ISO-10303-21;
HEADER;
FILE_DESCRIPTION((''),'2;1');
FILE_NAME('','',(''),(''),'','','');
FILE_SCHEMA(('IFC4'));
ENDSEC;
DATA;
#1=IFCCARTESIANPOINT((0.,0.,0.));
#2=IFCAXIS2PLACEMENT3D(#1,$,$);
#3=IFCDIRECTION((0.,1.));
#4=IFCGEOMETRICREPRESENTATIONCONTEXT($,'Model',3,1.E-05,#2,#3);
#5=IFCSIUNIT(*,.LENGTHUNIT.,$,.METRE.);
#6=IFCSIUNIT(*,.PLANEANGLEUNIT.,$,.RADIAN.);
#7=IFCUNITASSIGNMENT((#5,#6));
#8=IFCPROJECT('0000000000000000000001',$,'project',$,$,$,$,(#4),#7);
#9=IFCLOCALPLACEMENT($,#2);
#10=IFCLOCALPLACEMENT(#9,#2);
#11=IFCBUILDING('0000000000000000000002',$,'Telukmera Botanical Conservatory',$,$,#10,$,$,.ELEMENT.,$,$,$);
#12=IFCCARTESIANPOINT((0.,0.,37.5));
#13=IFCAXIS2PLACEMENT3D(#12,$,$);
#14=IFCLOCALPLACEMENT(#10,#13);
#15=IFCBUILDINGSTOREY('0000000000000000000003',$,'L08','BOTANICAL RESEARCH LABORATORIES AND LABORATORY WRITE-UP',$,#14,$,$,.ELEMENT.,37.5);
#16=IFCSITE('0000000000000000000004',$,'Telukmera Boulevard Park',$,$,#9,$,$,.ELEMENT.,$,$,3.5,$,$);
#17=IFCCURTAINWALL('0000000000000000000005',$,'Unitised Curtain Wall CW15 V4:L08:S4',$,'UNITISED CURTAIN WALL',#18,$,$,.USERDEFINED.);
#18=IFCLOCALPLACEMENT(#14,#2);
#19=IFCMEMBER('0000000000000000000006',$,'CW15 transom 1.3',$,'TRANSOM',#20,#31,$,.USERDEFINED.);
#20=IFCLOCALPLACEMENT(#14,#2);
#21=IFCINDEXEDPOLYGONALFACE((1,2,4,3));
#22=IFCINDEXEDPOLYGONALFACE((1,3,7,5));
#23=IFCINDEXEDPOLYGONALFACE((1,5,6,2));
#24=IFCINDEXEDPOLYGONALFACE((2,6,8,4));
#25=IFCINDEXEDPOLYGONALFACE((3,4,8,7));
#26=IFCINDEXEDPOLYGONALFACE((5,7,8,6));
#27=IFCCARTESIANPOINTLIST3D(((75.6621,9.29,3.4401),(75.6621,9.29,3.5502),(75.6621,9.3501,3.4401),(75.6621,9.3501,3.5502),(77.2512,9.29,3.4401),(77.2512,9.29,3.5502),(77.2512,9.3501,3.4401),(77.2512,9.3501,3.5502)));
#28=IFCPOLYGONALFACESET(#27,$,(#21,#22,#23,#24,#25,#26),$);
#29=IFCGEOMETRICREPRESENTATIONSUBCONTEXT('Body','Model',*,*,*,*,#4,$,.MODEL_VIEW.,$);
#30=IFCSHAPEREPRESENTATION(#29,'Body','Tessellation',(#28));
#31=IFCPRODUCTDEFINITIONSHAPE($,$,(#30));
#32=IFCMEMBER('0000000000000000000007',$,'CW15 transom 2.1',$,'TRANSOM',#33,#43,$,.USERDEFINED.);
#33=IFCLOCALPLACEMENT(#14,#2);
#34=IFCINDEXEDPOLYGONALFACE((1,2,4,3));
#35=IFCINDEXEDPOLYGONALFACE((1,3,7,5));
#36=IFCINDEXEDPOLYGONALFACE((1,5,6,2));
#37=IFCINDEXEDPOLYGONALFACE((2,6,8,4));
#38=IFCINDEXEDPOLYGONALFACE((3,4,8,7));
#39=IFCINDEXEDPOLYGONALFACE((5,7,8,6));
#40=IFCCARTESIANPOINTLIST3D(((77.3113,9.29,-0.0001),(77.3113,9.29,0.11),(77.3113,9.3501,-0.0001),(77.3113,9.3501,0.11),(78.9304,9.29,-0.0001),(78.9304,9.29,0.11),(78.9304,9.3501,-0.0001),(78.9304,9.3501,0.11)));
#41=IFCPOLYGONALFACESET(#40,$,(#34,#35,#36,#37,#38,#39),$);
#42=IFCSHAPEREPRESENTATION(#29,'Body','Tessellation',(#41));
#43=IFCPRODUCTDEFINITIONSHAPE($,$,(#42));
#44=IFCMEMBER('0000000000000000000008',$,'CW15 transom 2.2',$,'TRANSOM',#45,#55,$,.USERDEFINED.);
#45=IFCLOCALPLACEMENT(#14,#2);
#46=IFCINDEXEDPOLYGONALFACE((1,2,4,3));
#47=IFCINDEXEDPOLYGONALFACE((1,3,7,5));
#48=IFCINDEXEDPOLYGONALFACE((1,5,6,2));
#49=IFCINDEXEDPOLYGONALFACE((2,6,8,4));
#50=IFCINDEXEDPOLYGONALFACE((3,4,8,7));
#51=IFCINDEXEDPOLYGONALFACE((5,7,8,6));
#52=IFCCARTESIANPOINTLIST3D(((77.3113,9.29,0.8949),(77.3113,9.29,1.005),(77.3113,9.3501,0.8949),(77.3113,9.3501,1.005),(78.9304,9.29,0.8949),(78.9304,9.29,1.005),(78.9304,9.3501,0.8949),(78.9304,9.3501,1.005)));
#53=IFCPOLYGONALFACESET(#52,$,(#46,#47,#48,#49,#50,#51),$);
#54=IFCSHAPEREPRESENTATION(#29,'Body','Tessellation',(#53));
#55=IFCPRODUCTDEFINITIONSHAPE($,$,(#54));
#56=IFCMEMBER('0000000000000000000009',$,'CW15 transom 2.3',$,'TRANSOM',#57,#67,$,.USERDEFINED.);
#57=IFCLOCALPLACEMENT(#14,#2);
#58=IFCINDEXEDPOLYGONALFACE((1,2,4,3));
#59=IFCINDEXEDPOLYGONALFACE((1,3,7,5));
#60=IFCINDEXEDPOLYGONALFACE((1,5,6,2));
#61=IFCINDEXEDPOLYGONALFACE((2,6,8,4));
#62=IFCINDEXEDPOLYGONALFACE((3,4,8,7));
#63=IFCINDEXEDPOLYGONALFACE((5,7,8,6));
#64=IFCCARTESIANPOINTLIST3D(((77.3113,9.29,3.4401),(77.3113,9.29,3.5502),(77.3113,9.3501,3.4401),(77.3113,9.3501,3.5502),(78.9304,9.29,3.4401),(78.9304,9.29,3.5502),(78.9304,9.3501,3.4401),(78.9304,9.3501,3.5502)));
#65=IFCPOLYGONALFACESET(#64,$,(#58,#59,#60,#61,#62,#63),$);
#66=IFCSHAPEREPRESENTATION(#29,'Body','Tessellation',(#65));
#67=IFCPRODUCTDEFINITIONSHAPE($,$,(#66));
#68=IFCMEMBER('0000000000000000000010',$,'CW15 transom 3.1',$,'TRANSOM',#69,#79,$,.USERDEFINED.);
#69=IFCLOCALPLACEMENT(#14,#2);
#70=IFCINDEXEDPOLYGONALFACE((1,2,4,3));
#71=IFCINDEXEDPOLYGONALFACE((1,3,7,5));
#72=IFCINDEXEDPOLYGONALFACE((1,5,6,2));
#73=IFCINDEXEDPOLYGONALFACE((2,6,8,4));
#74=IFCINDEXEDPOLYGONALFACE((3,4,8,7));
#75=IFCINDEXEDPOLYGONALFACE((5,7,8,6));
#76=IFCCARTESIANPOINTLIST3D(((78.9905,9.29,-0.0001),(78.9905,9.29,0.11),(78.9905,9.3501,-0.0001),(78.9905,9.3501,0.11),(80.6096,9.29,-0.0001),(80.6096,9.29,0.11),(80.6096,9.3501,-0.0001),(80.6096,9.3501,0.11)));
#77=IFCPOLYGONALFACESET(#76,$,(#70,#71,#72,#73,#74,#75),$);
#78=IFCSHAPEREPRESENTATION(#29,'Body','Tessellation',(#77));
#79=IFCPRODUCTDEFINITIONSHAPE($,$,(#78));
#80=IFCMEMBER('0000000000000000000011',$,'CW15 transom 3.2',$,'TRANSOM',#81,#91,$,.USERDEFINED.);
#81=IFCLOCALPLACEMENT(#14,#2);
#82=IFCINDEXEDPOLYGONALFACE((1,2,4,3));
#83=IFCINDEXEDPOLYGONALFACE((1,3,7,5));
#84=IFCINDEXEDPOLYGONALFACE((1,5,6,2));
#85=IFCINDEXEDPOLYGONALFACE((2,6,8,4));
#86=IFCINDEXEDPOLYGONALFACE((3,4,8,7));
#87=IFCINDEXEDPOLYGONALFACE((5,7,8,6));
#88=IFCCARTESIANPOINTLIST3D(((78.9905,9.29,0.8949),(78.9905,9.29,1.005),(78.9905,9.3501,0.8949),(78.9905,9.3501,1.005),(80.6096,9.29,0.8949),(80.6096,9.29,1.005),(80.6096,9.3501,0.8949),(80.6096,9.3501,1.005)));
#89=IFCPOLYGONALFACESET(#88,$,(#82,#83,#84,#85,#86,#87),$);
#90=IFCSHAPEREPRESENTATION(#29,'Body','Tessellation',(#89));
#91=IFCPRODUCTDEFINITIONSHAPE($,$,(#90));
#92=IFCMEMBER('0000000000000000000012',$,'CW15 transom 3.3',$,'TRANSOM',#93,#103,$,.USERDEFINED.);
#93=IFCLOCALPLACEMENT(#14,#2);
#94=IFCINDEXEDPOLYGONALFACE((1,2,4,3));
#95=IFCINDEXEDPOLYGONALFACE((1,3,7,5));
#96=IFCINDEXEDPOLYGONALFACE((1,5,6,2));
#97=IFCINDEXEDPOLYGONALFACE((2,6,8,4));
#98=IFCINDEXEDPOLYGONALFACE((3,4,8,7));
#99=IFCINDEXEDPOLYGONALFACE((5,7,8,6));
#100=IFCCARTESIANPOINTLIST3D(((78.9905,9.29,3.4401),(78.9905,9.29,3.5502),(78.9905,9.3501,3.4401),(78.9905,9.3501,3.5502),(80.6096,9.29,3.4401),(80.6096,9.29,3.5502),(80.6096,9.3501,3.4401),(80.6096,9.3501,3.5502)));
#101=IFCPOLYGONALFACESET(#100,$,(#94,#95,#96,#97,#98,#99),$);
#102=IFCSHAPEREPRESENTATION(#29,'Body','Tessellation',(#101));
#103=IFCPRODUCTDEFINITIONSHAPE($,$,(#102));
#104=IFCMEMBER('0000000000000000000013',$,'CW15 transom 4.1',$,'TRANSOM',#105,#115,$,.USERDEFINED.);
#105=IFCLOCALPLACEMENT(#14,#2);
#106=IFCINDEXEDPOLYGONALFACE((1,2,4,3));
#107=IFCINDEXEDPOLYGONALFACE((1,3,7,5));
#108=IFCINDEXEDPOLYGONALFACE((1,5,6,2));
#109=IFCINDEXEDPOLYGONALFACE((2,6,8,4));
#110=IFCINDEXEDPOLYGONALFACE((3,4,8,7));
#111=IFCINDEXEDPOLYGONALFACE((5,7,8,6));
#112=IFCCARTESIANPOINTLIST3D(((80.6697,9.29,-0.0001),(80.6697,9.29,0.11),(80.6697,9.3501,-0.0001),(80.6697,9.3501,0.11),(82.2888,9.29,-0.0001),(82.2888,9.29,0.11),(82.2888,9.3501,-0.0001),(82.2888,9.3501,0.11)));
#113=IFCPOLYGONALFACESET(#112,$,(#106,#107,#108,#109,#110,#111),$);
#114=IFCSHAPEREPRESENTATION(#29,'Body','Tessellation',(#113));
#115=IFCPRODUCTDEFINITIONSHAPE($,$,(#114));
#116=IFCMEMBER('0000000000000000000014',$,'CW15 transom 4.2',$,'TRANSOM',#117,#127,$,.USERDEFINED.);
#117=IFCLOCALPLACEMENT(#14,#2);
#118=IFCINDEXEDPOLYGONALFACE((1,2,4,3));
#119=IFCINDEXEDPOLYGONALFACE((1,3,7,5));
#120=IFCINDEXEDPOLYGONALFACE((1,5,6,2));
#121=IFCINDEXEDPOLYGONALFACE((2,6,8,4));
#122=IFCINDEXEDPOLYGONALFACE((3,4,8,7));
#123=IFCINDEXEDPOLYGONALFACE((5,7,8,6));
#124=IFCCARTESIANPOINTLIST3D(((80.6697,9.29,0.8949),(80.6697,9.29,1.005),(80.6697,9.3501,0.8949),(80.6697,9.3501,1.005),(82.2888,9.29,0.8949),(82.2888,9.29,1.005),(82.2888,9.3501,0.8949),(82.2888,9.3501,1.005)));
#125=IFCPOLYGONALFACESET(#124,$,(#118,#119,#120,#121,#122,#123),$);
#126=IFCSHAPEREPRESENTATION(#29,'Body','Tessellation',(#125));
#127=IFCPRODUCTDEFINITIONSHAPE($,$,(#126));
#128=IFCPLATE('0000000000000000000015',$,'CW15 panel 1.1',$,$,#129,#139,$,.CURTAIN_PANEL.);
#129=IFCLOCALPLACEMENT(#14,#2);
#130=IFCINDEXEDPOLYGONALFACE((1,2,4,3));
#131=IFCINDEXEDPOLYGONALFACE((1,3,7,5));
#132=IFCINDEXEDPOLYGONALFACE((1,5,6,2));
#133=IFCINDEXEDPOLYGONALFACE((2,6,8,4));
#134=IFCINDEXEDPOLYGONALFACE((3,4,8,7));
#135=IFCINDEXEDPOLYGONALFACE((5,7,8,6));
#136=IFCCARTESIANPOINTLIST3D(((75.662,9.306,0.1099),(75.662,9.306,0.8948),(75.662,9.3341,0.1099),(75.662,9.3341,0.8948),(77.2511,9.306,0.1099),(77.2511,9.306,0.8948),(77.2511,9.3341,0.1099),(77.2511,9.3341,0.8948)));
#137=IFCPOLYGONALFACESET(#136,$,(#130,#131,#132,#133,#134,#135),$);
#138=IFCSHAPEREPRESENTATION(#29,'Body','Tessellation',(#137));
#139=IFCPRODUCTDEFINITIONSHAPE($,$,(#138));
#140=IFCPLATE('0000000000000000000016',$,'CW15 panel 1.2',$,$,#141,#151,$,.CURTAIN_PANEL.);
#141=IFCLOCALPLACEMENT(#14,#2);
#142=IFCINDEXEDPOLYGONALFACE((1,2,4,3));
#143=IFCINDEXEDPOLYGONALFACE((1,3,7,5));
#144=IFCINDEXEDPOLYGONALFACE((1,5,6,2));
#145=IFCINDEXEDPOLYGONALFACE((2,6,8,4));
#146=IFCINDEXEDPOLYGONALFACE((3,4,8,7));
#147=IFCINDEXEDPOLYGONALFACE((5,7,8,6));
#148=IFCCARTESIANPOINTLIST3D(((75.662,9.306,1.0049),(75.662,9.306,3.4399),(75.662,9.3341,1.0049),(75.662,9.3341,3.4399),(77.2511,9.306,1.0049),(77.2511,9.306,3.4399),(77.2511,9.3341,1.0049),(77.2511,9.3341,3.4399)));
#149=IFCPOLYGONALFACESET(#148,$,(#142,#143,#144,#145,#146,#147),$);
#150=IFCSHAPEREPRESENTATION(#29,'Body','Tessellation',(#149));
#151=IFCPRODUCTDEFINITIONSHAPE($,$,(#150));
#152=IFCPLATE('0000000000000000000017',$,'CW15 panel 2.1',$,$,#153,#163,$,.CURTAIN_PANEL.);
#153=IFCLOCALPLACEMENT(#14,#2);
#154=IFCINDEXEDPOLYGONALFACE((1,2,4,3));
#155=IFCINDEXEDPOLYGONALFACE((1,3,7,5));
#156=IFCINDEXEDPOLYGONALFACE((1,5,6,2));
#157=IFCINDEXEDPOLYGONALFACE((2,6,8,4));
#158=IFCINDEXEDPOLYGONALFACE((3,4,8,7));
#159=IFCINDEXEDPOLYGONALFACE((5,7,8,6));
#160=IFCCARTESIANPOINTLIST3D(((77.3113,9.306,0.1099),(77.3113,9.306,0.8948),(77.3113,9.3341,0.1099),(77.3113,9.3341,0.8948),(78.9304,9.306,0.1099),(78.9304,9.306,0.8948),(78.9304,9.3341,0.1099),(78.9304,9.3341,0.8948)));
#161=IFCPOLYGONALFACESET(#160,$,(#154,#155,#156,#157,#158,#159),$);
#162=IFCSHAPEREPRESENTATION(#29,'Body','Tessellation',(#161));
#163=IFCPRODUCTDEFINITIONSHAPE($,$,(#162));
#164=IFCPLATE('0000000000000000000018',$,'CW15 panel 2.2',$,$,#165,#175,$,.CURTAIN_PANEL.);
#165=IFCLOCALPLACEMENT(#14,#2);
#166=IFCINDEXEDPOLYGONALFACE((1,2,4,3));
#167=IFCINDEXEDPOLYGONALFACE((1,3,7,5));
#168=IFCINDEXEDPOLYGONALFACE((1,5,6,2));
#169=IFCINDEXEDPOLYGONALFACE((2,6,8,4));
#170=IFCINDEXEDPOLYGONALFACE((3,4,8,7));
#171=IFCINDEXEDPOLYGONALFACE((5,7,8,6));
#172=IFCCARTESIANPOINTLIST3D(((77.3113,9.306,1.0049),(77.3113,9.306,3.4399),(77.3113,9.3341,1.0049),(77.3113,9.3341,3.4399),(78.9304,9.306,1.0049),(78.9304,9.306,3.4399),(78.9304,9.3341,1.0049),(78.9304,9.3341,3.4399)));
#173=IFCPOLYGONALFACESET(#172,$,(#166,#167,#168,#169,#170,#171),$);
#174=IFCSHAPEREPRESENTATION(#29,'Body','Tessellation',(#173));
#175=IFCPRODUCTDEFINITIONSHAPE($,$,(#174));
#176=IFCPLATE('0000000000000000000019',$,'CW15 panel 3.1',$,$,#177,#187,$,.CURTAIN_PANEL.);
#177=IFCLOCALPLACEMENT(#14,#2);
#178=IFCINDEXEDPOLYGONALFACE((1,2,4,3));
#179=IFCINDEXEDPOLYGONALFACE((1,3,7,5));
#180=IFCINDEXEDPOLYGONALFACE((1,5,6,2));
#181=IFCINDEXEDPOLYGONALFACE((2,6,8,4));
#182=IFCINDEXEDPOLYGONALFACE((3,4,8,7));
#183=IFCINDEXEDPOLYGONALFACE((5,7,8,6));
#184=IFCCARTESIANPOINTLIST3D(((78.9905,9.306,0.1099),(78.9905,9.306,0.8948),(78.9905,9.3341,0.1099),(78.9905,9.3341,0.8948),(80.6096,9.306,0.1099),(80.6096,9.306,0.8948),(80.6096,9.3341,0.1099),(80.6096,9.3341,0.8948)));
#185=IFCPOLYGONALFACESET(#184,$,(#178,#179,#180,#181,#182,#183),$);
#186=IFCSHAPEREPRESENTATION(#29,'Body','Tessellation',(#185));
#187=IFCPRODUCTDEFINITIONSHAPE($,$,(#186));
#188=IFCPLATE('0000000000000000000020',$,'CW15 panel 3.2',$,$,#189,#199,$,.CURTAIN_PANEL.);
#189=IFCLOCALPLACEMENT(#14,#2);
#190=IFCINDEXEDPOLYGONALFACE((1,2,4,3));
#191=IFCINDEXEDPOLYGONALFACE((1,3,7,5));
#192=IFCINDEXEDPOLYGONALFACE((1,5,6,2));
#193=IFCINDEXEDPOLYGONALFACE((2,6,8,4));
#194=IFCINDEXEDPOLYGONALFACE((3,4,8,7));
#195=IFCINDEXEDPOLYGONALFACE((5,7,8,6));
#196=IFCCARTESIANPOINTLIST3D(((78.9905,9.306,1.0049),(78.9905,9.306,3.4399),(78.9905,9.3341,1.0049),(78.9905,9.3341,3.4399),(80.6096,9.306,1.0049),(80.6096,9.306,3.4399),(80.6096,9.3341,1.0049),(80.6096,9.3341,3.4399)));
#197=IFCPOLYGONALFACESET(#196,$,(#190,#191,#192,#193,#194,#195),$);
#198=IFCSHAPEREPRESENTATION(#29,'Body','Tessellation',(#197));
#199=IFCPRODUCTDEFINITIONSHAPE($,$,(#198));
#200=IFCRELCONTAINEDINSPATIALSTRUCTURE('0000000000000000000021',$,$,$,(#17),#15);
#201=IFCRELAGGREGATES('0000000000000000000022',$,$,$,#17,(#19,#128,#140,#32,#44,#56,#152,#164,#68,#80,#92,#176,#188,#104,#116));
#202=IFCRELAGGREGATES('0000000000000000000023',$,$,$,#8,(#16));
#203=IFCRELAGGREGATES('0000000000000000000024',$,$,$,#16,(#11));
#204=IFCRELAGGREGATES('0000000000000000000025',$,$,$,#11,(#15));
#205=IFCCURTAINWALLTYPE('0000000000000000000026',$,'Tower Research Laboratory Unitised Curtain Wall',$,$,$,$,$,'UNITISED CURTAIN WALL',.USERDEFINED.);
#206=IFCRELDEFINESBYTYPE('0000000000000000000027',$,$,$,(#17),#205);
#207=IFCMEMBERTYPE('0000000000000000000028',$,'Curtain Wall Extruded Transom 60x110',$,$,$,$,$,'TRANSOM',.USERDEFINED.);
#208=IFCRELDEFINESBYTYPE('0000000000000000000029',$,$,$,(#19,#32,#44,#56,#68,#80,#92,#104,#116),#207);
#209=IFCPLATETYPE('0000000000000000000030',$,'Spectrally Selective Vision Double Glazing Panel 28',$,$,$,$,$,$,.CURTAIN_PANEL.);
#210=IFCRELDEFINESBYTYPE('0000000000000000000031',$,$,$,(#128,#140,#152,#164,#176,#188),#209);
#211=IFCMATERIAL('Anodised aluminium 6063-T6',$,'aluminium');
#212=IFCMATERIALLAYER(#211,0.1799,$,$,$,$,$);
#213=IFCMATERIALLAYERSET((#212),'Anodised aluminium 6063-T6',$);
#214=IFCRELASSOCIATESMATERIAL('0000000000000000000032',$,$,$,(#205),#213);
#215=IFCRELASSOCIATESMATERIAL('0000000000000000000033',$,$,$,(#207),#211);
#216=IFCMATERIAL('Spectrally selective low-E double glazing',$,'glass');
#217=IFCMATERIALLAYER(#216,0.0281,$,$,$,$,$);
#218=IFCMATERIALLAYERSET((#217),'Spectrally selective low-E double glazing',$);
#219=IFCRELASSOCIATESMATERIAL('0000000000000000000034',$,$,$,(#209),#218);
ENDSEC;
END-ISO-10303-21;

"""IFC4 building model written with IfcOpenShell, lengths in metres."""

from ifc_helpers import new_model, si_unit, direction, frame, origin, origin_2d, place, context, subcontext, project, spatial, rectangle, extrude, material, layer, layer_set, material_profile, profile_set, type_object, element, aggregate, save


model = new_model("IFC4")

# Units and contexts
model_context = context("Model", 3, precision=1e-05, world=origin(), true_north=direction((0.0, 1.0)))
body_context = subcontext(model_context, "Body", "Model", "MODEL_VIEW")
ifc_project = project(units=[si_unit("LENGTHUNIT", "METRE"), si_unit("PLANEANGLEUNIT", "RADIAN")], contexts=[model_context])

# Site, building, storey
site_placement = place(None, origin())
site = spatial("IfcSite", under=ifc_project, at=site_placement, Name="Telukmera Boulevard Park", CompositionType="ELEMENT", RefElevation=3.5)
building_placement = place(site_placement, origin())
building = spatial("IfcBuilding", under=site, at=building_placement, Name="Telukmera Botanical Conservatory", CompositionType="ELEMENT")
storey_placement = place(building_placement, frame((0.0, 0.0, 37.5)))
storey = spatial("IfcBuildingStorey", under=building, at=storey_placement, Name="L08", Description="BOTANICAL RESEARCH LABORATORIES AND LABORATORY WRITE-UP", CompositionType="ELEMENT", Elevation=37.5)

# Curtain wall, members, plates
ifc_material_1 = material(Name="Anodised aluminium 6063-T6", Category="aluminium")
ifc_layer_1 = layer(ifc_material_1, 0.1799)
ifc_layer_set_1 = layer_set([ifc_layer_1], Name="Anodised aluminium 6063-T6")
curtain_wall_type = type_object("IfcCurtainWallType", Name="Tower Research Laboratory Unitised Curtain Wall", ElementType="UNITISED CURTAIN WALL", PredefinedType="USERDEFINED", material=ifc_layer_set_1)
curtain_wall_placement = place(storey_placement, origin())
curtain_wall = element("IfcCurtainWall", 1, at=curtain_wall_placement, inside=storey, type_object=curtain_wall_type, Name="Unitised Curtain Wall CW15 V4:L08:S4", ObjectType="UNITISED CURTAIN WALL", PredefinedType="USERDEFINED")
ifc_material_profile_1 = material_profile(ifc_material_1, rectangle(XDim=0.0601, YDim=0.1101, at=origin_2d()), Name="ALU TRAN 60x110")
ifc_profile_set_1 = profile_set([ifc_material_profile_1], Name="Anodised aluminium 6063-T6")
member_type_1 = type_object("IfcMemberType", Name="Curtain Wall Extruded Transom 60x110", ElementType="TRANSOM", PredefinedType="USERDEFINED", material=ifc_profile_set_1)
member_1_placement = place(storey_placement, frame((75.6621, 9.3201, 3.4951), z_axis=(1.0, 0.0, 0.0), x_axis=(0.0, 1.0, 0.0)))
member_1 = element("IfcMember", 2, at=member_1_placement, type_object=member_type_1, Name="CW15 transom 1.3", ObjectType="TRANSOM", PredefinedType="USERDEFINED", context=body_context, shape_type="SweptSolid", body=[
    extrude(rectangle(XDim=0.0601, YDim=0.1101, at=origin_2d()), origin(), (0.0, 0.0, 1.0), 1.5891),
])
member_2_placement = place(storey_placement, frame((77.3113, 9.3201, 0.0549), z_axis=(1.0, 0.0, 0.0), x_axis=(0.0, 1.0, 0.0)))
member_2 = element("IfcMember", 3, at=member_2_placement, type_object=member_type_1, Name="CW15 transom 2.1", ObjectType="TRANSOM", PredefinedType="USERDEFINED", context=body_context, shape_type="SweptSolid", body=[
    extrude(rectangle(XDim=0.0601, YDim=0.1101, at=origin_2d()), origin(), (0.0, 0.0, 1.0), 1.6191),
])
member_3_placement = place(storey_placement, frame((77.3113, 9.3201, 0.95), z_axis=(1.0, 0.0, 0.0), x_axis=(0.0, 1.0, 0.0)))
member_3 = element("IfcMember", 4, at=member_3_placement, type_object=member_type_1, Name="CW15 transom 2.2", ObjectType="TRANSOM", PredefinedType="USERDEFINED", context=body_context, shape_type="SweptSolid", body=[
    extrude(rectangle(XDim=0.0601, YDim=0.1101, at=origin_2d()), origin(), (0.0, 0.0, 1.0), 1.6191),
])
member_4_placement = place(storey_placement, frame((77.3113, 9.3201, 3.4951), z_axis=(1.0, 0.0, 0.0), x_axis=(0.0, 1.0, 0.0)))
member_4 = element("IfcMember", 5, at=member_4_placement, type_object=member_type_1, Name="CW15 transom 2.3", ObjectType="TRANSOM", PredefinedType="USERDEFINED", context=body_context, shape_type="SweptSolid", body=[
    extrude(rectangle(XDim=0.0601, YDim=0.1101, at=origin_2d()), origin(), (0.0, 0.0, 1.0), 1.6191),
])
member_5_placement = place(storey_placement, frame((78.9905, 9.3201, 0.0549), z_axis=(1.0, 0.0, 0.0), x_axis=(0.0, 1.0, 0.0)))
member_5 = element("IfcMember", 6, at=member_5_placement, type_object=member_type_1, Name="CW15 transom 3.1", ObjectType="TRANSOM", PredefinedType="USERDEFINED", context=body_context, shape_type="SweptSolid", body=[
    extrude(rectangle(XDim=0.0601, YDim=0.1101, at=origin_2d()), origin(), (0.0, 0.0, 1.0), 1.6191),
])
member_6_placement = place(storey_placement, frame((78.9905, 9.3201, 0.95), z_axis=(1.0, 0.0, 0.0), x_axis=(0.0, 1.0, 0.0)))
member_6 = element("IfcMember", 7, at=member_6_placement, type_object=member_type_1, Name="CW15 transom 3.2", ObjectType="TRANSOM", PredefinedType="USERDEFINED", context=body_context, shape_type="SweptSolid", body=[
    extrude(rectangle(XDim=0.0601, YDim=0.1101, at=origin_2d()), origin(), (0.0, 0.0, 1.0), 1.6191),
])
member_7_placement = place(storey_placement, frame((78.9905, 9.3201, 3.4951), z_axis=(1.0, 0.0, 0.0), x_axis=(0.0, 1.0, 0.0)))
member_7 = element("IfcMember", 8, at=member_7_placement, type_object=member_type_1, Name="CW15 transom 3.3", ObjectType="TRANSOM", PredefinedType="USERDEFINED", context=body_context, shape_type="SweptSolid", body=[
    extrude(rectangle(XDim=0.0601, YDim=0.1101, at=origin_2d()), origin(), (0.0, 0.0, 1.0), 1.6191),
])
member_8_placement = place(storey_placement, frame((80.6697, 9.3201, 0.0549), z_axis=(1.0, 0.0, 0.0), x_axis=(0.0, 1.0, 0.0)))
member_8 = element("IfcMember", 9, at=member_8_placement, type_object=member_type_1, Name="CW15 transom 4.1", ObjectType="TRANSOM", PredefinedType="USERDEFINED", context=body_context, shape_type="SweptSolid", body=[
    extrude(rectangle(XDim=0.0601, YDim=0.1101, at=origin_2d()), origin(), (0.0, 0.0, 1.0), 1.6191),
])
member_9_placement = place(storey_placement, frame((80.6697, 9.3201, 0.95), z_axis=(1.0, 0.0, 0.0), x_axis=(0.0, 1.0, 0.0)))
member_9 = element("IfcMember", 10, at=member_9_placement, type_object=member_type_1, Name="CW15 transom 4.2", ObjectType="TRANSOM", PredefinedType="USERDEFINED", context=body_context, shape_type="SweptSolid", body=[
    extrude(rectangle(XDim=0.0601, YDim=0.1101, at=origin_2d()), origin(), (0.0, 0.0, 1.0), 1.6191),
])
ifc_material_2 = material(Name="Spectrally selective low-E double glazing", Category="glass")
ifc_layer_2 = layer(ifc_material_2, 0.0281)
ifc_layer_set_2 = layer_set([ifc_layer_2], Name="Spectrally selective low-E double glazing")
plate_type = type_object("IfcPlateType", Name="Spectrally Selective Vision Double Glazing Panel 28", PredefinedType="CURTAIN_PANEL", material=ifc_layer_set_2)
plate_1_placement = place(storey_placement, frame((76.4565, 9.3201, 0.1099), z_axis=(0.0, 0.0, 1.0), x_axis=(1.0, 0.0, 0.0)))
plate_1 = element("IfcPlate", 11, at=plate_1_placement, type_object=plate_type, Name="CW15 panel 1.1", PredefinedType="CURTAIN_PANEL", context=body_context, shape_type="SweptSolid", body=[
    extrude(rectangle(XDim=1.5891, YDim=0.0281, at=origin_2d()), origin(), (0.0, 0.0, 1.0), 0.7849),
])
plate_2_placement = place(storey_placement, frame((76.4565, 9.3201, 1.0049), z_axis=(0.0, 0.0, 1.0), x_axis=(1.0, 0.0, 0.0)))
plate_2 = element("IfcPlate", 12, at=plate_2_placement, type_object=plate_type, Name="CW15 panel 1.2", PredefinedType="CURTAIN_PANEL", context=body_context, shape_type="SweptSolid", body=[
    extrude(rectangle(XDim=1.5891, YDim=0.0281, at=origin_2d()), origin(), (0.0, 0.0, 1.0), 2.4351),
])
plate_3_placement = place(storey_placement, frame((78.1208, 9.3201, 0.1099), z_axis=(0.0, 0.0, 1.0), x_axis=(1.0, 0.0, 0.0)))
plate_3 = element("IfcPlate", 13, at=plate_3_placement, type_object=plate_type, Name="CW15 panel 2.1", PredefinedType="CURTAIN_PANEL", context=body_context, shape_type="SweptSolid", body=[
    extrude(rectangle(XDim=1.6191, YDim=0.0281, at=origin_2d()), origin(), (0.0, 0.0, 1.0), 0.7849),
])
plate_4_placement = place(storey_placement, frame((78.1208, 9.3201, 1.0049), z_axis=(0.0, 0.0, 1.0), x_axis=(1.0, 0.0, 0.0)))
plate_4 = element("IfcPlate", 14, at=plate_4_placement, type_object=plate_type, Name="CW15 panel 2.2", PredefinedType="CURTAIN_PANEL", context=body_context, shape_type="SweptSolid", body=[
    extrude(rectangle(XDim=1.6191, YDim=0.0281, at=origin_2d()), origin(), (0.0, 0.0, 1.0), 2.4351),
])
plate_5_placement = place(storey_placement, frame((79.8, 9.3201, 0.1099), z_axis=(0.0, 0.0, 1.0), x_axis=(1.0, 0.0, 0.0)))
plate_5 = element("IfcPlate", 15, at=plate_5_placement, type_object=plate_type, Name="CW15 panel 3.1", PredefinedType="CURTAIN_PANEL", context=body_context, shape_type="SweptSolid", body=[
    extrude(rectangle(XDim=1.6191, YDim=0.0281, at=origin_2d()), origin(), (0.0, 0.0, 1.0), 0.7849),
])
plate_6_placement = place(storey_placement, frame((79.8, 9.3201, 1.0049), z_axis=(0.0, 0.0, 1.0), x_axis=(1.0, 0.0, 0.0)))
plate_6 = element("IfcPlate", 16, at=plate_6_placement, type_object=plate_type, Name="CW15 panel 3.2", PredefinedType="CURTAIN_PANEL", context=body_context, shape_type="SweptSolid", body=[
    extrude(rectangle(XDim=1.6191, YDim=0.0281, at=origin_2d()), origin(), (0.0, 0.0, 1.0), 2.4351),
])
aggregate(curtain_wall, [member_1, plate_1, plate_2, member_2, member_3, member_4, plate_3, plate_4, member_5, member_6, member_7, plate_5, plate_6, member_8, member_9])

save(model, "model.ifc")
